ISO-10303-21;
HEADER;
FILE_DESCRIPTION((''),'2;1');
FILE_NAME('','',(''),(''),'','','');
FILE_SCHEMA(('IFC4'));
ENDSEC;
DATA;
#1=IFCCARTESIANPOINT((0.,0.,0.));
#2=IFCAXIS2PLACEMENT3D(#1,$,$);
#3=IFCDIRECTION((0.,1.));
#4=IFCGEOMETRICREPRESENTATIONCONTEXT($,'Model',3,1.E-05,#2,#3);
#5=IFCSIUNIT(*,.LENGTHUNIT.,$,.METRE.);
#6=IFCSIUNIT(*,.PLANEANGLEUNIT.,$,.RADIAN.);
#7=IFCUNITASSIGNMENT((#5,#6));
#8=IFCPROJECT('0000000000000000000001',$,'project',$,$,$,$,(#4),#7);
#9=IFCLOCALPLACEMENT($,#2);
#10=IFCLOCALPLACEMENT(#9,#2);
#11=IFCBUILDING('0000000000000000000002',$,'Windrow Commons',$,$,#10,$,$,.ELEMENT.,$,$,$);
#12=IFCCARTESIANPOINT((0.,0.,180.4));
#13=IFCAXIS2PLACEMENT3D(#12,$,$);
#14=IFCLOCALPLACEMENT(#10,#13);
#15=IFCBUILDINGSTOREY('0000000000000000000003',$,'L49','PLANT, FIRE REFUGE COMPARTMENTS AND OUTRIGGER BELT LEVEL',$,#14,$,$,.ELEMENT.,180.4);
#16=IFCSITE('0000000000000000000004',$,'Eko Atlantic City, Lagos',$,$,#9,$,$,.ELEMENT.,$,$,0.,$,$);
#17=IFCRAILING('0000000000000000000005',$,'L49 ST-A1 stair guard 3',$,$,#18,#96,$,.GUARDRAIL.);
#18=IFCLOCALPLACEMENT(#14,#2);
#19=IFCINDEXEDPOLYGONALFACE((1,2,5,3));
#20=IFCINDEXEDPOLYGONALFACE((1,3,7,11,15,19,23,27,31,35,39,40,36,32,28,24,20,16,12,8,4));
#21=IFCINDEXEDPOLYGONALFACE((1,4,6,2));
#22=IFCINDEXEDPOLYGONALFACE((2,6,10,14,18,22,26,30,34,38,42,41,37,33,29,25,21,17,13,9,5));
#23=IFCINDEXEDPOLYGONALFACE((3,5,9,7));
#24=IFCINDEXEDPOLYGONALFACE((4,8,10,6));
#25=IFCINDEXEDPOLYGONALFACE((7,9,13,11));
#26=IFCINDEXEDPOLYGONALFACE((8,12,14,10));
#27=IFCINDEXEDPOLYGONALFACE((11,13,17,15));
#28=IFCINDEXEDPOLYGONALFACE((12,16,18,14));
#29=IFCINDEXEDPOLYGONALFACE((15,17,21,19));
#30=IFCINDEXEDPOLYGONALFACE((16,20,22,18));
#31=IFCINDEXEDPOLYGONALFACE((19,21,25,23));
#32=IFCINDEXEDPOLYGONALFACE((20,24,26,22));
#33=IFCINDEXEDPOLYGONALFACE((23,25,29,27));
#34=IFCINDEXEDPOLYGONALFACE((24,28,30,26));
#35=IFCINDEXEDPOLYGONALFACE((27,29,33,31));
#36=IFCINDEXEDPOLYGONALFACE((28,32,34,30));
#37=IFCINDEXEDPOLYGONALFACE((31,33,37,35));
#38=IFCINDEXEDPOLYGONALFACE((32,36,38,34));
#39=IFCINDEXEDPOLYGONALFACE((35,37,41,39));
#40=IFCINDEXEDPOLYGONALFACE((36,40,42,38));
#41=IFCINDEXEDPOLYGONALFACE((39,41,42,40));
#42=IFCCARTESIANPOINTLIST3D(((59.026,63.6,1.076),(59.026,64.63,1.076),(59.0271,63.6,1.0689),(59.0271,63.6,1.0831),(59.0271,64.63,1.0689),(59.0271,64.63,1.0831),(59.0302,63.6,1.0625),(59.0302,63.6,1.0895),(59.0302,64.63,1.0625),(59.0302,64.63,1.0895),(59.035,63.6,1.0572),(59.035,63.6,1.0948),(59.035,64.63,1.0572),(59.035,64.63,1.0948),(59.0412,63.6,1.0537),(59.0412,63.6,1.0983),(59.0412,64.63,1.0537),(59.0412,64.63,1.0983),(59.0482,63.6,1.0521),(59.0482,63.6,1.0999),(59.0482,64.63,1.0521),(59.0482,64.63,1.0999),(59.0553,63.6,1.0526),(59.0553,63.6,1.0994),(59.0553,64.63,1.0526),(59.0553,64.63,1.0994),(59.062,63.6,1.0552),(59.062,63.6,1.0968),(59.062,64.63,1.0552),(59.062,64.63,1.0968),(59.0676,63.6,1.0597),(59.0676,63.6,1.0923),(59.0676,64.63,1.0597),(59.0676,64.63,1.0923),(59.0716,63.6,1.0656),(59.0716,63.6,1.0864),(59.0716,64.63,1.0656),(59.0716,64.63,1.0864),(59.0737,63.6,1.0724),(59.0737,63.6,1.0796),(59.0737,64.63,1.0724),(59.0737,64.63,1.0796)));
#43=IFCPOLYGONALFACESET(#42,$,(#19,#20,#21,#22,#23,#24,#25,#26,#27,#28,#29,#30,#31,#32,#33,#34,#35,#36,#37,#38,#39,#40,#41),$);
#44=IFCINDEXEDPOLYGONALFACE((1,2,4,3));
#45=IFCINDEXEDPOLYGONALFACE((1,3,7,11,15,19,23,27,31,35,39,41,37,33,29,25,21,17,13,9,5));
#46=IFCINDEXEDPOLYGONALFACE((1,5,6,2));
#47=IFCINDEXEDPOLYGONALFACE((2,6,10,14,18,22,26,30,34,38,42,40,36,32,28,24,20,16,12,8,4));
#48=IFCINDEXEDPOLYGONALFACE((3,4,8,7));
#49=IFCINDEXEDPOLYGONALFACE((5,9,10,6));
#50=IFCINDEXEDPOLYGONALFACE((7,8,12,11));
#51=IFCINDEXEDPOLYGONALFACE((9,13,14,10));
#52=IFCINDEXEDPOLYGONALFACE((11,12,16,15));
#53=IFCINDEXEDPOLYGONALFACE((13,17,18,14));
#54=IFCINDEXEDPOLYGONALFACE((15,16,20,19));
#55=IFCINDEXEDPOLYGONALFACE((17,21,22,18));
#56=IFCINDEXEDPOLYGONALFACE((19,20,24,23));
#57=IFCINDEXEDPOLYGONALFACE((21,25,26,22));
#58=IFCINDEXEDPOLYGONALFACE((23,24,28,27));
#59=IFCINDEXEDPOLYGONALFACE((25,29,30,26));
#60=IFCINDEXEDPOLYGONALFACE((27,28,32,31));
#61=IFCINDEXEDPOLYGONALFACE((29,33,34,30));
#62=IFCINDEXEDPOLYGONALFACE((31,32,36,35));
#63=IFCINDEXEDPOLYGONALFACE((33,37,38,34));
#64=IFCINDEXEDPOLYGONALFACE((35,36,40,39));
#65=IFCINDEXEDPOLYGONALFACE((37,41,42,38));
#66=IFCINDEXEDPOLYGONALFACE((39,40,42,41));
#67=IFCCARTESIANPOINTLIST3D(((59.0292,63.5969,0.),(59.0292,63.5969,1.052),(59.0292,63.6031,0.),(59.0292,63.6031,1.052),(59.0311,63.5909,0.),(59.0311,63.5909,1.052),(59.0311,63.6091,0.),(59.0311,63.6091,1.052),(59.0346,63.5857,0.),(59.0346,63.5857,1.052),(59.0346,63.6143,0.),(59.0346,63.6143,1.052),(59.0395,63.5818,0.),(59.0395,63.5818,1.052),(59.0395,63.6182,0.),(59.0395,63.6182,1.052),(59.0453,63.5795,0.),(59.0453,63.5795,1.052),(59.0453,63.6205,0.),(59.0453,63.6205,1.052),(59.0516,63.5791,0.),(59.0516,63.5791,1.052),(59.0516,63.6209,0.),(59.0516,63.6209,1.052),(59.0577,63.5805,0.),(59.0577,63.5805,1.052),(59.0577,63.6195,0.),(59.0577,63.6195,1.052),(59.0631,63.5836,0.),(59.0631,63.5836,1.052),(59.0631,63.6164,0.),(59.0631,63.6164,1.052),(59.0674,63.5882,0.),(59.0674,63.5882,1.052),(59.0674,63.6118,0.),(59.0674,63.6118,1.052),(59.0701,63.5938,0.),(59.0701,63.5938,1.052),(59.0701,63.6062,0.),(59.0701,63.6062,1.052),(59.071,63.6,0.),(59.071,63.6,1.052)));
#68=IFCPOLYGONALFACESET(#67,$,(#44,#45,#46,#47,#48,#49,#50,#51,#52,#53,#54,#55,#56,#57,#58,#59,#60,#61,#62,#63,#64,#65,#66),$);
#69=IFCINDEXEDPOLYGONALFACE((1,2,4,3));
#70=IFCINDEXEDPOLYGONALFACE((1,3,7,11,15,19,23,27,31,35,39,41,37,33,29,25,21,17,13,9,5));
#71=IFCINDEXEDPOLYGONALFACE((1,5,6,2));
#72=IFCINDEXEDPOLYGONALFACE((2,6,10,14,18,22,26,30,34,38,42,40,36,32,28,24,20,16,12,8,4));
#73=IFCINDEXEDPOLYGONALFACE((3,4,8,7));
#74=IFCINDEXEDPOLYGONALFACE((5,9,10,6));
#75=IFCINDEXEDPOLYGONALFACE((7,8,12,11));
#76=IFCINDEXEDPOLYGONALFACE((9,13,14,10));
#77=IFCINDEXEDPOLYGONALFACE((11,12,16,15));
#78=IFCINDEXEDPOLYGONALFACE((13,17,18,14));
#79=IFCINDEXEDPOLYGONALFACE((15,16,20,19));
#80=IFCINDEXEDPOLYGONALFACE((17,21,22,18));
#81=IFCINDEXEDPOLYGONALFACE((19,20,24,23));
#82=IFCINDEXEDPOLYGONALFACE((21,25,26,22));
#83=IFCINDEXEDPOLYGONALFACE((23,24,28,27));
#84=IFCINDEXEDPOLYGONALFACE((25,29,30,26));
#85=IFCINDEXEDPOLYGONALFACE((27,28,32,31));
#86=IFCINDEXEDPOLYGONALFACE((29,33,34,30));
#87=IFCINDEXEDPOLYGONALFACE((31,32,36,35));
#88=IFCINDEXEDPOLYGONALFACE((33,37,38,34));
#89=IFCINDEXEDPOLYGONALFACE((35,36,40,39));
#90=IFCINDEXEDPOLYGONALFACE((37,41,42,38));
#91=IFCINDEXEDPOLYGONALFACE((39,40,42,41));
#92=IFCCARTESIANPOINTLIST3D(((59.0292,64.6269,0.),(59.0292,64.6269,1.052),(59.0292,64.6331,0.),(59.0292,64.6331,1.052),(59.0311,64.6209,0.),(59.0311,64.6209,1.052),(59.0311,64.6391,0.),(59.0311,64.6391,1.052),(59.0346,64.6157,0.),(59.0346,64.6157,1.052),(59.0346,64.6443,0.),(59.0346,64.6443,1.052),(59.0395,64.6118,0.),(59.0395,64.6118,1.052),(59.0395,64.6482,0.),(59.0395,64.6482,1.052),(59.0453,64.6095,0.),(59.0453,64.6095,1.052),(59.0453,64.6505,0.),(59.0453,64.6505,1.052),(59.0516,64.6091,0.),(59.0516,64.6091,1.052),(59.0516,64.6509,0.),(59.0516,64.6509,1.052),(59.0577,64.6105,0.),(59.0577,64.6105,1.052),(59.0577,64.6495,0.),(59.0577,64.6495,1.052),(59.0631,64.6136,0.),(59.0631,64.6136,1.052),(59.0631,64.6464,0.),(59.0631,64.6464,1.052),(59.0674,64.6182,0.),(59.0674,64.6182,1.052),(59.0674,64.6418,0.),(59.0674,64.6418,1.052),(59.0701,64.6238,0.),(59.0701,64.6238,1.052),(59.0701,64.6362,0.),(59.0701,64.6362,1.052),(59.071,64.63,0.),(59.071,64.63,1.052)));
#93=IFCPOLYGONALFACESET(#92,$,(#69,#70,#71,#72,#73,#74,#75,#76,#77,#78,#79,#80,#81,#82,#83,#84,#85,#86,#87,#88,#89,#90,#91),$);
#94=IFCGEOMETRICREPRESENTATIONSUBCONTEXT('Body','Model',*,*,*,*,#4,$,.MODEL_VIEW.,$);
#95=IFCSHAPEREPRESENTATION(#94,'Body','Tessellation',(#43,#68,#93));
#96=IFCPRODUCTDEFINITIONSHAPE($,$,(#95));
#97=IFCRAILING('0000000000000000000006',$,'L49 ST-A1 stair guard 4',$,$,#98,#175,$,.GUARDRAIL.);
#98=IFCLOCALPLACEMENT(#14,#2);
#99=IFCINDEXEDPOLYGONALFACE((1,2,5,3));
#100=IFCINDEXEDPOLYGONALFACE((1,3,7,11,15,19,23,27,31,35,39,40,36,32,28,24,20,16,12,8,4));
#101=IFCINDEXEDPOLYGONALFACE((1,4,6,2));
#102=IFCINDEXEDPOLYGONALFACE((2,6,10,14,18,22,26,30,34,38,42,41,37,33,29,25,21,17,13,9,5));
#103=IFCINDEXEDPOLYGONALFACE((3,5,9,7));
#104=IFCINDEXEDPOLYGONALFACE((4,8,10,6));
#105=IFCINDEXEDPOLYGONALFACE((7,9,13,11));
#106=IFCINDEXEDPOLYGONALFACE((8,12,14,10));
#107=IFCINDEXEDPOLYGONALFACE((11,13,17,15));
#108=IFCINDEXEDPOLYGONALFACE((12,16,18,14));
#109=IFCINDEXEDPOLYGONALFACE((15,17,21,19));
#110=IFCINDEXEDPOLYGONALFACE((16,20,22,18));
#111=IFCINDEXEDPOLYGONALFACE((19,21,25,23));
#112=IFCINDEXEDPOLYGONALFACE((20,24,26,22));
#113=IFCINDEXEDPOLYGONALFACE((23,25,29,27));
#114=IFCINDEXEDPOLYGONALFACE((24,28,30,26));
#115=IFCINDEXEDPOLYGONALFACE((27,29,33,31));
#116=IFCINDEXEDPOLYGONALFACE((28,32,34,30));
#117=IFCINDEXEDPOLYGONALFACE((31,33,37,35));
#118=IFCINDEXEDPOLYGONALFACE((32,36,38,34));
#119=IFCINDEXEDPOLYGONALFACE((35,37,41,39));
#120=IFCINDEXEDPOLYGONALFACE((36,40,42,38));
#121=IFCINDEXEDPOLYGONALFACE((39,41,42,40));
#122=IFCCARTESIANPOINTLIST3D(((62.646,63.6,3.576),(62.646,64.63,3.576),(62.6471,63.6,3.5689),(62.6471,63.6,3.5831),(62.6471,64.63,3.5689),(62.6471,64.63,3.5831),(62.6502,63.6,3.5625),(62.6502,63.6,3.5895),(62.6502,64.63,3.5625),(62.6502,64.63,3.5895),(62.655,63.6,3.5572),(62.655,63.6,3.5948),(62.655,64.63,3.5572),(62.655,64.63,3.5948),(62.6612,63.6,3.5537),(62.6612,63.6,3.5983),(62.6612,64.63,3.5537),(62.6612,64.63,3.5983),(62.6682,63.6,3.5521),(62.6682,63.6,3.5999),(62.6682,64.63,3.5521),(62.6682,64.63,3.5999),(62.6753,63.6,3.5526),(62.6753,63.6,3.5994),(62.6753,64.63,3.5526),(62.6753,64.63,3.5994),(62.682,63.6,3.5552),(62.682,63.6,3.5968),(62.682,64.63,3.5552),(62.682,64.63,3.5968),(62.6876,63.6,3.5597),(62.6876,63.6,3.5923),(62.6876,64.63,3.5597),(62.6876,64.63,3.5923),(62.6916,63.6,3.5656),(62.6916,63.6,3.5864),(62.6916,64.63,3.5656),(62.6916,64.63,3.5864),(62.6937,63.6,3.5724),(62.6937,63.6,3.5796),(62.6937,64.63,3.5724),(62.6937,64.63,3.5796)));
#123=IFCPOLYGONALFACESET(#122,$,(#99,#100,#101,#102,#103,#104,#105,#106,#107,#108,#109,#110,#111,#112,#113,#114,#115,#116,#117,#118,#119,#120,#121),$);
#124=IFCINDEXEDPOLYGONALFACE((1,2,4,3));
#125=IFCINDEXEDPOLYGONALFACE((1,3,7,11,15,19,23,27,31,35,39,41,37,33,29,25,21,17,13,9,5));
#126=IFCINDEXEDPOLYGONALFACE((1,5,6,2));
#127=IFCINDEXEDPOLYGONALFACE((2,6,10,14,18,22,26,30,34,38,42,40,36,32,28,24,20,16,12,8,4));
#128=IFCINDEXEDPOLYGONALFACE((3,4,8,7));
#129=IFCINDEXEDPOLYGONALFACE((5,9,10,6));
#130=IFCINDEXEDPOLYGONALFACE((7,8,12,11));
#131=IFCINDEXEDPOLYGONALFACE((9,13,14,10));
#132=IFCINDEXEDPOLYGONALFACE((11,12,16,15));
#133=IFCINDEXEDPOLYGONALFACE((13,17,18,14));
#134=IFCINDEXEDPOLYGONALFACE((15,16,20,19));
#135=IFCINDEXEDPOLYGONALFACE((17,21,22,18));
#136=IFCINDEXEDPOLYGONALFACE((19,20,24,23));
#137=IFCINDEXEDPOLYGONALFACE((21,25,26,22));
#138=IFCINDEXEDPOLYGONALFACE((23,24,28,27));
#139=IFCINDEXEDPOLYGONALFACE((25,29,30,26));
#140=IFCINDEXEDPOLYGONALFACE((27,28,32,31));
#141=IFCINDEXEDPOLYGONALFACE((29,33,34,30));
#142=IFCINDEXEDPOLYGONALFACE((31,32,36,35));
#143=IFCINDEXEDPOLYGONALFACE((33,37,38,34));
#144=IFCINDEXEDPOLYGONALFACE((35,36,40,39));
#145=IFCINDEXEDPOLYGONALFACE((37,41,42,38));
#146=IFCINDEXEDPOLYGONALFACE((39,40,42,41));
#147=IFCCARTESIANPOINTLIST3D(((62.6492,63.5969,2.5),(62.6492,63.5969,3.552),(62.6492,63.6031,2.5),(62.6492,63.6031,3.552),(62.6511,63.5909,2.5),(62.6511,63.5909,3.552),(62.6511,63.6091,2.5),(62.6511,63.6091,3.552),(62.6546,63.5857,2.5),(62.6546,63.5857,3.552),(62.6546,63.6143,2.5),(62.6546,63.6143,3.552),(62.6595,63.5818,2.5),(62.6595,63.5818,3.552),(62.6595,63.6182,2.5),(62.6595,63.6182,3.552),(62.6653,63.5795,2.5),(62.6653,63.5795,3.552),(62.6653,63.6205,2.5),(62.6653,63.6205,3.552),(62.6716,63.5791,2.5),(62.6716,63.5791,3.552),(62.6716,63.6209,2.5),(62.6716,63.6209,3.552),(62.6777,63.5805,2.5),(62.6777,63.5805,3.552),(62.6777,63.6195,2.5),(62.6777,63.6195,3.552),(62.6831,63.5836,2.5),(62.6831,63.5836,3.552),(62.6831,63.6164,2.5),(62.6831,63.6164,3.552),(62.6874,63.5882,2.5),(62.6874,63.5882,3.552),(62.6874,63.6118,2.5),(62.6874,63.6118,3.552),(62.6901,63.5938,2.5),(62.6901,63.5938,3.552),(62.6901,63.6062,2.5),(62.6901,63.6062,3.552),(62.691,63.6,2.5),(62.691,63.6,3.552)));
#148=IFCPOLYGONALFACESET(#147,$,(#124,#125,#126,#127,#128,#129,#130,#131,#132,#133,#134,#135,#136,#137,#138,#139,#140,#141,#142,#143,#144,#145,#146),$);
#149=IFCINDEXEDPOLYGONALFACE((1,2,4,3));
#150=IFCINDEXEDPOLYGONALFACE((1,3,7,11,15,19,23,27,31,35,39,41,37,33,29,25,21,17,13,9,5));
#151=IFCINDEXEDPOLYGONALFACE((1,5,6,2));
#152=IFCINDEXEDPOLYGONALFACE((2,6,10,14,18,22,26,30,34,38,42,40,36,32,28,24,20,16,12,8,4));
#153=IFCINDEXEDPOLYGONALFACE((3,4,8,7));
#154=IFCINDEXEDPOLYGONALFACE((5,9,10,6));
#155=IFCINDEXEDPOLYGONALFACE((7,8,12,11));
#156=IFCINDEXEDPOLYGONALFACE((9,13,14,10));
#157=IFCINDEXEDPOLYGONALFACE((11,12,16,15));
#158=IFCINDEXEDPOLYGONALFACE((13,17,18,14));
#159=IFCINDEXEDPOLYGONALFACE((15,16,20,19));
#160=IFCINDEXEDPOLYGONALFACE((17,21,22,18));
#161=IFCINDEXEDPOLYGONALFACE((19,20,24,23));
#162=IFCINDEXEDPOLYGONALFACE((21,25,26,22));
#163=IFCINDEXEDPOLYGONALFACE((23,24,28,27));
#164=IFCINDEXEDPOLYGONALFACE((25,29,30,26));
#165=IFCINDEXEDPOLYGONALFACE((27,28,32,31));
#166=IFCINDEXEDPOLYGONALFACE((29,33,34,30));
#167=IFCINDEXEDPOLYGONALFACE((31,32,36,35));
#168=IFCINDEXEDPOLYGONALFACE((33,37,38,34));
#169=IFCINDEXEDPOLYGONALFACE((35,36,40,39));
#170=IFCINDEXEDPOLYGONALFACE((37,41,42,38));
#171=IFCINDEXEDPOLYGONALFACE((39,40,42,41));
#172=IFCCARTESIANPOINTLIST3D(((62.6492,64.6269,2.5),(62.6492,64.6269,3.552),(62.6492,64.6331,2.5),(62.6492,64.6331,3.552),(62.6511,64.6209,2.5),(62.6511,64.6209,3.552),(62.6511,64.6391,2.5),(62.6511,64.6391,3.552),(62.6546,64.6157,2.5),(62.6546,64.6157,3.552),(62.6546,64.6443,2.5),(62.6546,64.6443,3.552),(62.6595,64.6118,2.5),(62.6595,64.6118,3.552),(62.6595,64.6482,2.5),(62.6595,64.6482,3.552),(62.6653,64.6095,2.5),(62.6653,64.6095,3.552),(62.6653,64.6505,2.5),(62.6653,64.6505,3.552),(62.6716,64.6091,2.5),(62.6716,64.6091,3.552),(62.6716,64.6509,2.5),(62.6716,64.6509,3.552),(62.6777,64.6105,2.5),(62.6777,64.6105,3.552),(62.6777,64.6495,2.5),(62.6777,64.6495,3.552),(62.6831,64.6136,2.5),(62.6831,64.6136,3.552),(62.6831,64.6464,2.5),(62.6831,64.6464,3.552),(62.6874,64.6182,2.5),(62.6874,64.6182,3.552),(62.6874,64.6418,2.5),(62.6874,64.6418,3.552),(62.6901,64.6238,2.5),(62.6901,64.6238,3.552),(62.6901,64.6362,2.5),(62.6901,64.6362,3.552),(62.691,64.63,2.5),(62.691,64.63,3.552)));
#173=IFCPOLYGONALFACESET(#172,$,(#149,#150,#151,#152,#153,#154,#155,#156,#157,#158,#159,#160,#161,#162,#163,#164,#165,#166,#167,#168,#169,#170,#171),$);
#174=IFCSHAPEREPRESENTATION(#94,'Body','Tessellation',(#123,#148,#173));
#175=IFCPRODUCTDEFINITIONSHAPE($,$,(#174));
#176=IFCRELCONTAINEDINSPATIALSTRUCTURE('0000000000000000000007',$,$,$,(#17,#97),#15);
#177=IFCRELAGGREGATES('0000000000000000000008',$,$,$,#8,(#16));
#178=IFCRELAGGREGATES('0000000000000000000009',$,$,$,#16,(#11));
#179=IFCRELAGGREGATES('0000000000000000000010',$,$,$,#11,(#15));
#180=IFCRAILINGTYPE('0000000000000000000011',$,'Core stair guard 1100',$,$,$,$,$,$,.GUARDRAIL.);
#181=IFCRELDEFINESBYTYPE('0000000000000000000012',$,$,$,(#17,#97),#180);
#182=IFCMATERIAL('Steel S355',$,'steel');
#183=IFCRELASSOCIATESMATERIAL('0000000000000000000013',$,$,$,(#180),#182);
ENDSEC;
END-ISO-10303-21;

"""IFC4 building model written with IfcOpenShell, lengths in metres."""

from ifc_helpers import new_model, si_unit, direction, frame, origin, origin_2d, place, context, subcontext, project, spatial, circle, extrude, material, type_object, element, save


model = new_model("IFC4")

# Units and contexts
model_context = context("Model", 3, precision=1e-05, world=origin(), true_north=direction((0.0, 1.0)))
body_context = subcontext(model_context, "Body", "Model", "MODEL_VIEW")
ifc_project = project(units=[si_unit("LENGTHUNIT", "METRE"), si_unit("PLANEANGLEUNIT", "RADIAN")], contexts=[model_context])

# Site, building, storey
site_placement = place(None, origin())
site = spatial("IfcSite", under=ifc_project, at=site_placement, Name="Eko Atlantic City, Lagos", CompositionType="ELEMENT", RefElevation=0.0)
building_placement = place(site_placement, origin())
building = spatial("IfcBuilding", under=site, at=building_placement, Name="Windrow Commons", CompositionType="ELEMENT")
storey_placement = place(building_placement, frame((0.0, 0.0, 180.4)))
storey = spatial("IfcBuildingStorey", under=building, at=storey_placement, Name="L49", Description="PLANT, FIRE REFUGE COMPARTMENTS AND OUTRIGGER BELT LEVEL", CompositionType="ELEMENT", Elevation=180.4)

# Railings
ifc_material_1 = material(Name="Steel S355", Category="steel")
railing_type_1 = type_object("IfcRailingType", Name="Core stair guard 1100", PredefinedType="GUARDRAIL", material=ifc_material_1)
for number, where, name in (
    (1, (59.05, 63.6, 0.0), "L49 ST-A1 stair guard 3"),
    (2, (62.67, 63.6, 2.5), "L49 ST-A1 stair guard 4"),
):
    element("IfcRailing", number, at=place(storey_placement, frame(where)), inside=storey, type_object=railing_type_1, Name=name, PredefinedType="GUARDRAIL", context=body_context, shape_type="SweptSolid", body=[
        extrude(circle(Radius=0.024, at=origin_2d()), frame((0.0, 0.0, 1.076), z_axis=(0.0, 1.0, 0.0), x_axis=(-1.0, 0.0, 0.0)), (0.0, 0.0, 1.0), 1.03),
        extrude(circle(Radius=0.021, at=origin_2d()), origin(), (0.0, 0.0, 1.0), 1.052),
        extrude(circle(Radius=0.021, at=origin_2d()), frame((0.0, 1.03, 0.0)), (0.0, 0.0, 1.0), 1.052),
    ])

save(model, "model.ifc")
